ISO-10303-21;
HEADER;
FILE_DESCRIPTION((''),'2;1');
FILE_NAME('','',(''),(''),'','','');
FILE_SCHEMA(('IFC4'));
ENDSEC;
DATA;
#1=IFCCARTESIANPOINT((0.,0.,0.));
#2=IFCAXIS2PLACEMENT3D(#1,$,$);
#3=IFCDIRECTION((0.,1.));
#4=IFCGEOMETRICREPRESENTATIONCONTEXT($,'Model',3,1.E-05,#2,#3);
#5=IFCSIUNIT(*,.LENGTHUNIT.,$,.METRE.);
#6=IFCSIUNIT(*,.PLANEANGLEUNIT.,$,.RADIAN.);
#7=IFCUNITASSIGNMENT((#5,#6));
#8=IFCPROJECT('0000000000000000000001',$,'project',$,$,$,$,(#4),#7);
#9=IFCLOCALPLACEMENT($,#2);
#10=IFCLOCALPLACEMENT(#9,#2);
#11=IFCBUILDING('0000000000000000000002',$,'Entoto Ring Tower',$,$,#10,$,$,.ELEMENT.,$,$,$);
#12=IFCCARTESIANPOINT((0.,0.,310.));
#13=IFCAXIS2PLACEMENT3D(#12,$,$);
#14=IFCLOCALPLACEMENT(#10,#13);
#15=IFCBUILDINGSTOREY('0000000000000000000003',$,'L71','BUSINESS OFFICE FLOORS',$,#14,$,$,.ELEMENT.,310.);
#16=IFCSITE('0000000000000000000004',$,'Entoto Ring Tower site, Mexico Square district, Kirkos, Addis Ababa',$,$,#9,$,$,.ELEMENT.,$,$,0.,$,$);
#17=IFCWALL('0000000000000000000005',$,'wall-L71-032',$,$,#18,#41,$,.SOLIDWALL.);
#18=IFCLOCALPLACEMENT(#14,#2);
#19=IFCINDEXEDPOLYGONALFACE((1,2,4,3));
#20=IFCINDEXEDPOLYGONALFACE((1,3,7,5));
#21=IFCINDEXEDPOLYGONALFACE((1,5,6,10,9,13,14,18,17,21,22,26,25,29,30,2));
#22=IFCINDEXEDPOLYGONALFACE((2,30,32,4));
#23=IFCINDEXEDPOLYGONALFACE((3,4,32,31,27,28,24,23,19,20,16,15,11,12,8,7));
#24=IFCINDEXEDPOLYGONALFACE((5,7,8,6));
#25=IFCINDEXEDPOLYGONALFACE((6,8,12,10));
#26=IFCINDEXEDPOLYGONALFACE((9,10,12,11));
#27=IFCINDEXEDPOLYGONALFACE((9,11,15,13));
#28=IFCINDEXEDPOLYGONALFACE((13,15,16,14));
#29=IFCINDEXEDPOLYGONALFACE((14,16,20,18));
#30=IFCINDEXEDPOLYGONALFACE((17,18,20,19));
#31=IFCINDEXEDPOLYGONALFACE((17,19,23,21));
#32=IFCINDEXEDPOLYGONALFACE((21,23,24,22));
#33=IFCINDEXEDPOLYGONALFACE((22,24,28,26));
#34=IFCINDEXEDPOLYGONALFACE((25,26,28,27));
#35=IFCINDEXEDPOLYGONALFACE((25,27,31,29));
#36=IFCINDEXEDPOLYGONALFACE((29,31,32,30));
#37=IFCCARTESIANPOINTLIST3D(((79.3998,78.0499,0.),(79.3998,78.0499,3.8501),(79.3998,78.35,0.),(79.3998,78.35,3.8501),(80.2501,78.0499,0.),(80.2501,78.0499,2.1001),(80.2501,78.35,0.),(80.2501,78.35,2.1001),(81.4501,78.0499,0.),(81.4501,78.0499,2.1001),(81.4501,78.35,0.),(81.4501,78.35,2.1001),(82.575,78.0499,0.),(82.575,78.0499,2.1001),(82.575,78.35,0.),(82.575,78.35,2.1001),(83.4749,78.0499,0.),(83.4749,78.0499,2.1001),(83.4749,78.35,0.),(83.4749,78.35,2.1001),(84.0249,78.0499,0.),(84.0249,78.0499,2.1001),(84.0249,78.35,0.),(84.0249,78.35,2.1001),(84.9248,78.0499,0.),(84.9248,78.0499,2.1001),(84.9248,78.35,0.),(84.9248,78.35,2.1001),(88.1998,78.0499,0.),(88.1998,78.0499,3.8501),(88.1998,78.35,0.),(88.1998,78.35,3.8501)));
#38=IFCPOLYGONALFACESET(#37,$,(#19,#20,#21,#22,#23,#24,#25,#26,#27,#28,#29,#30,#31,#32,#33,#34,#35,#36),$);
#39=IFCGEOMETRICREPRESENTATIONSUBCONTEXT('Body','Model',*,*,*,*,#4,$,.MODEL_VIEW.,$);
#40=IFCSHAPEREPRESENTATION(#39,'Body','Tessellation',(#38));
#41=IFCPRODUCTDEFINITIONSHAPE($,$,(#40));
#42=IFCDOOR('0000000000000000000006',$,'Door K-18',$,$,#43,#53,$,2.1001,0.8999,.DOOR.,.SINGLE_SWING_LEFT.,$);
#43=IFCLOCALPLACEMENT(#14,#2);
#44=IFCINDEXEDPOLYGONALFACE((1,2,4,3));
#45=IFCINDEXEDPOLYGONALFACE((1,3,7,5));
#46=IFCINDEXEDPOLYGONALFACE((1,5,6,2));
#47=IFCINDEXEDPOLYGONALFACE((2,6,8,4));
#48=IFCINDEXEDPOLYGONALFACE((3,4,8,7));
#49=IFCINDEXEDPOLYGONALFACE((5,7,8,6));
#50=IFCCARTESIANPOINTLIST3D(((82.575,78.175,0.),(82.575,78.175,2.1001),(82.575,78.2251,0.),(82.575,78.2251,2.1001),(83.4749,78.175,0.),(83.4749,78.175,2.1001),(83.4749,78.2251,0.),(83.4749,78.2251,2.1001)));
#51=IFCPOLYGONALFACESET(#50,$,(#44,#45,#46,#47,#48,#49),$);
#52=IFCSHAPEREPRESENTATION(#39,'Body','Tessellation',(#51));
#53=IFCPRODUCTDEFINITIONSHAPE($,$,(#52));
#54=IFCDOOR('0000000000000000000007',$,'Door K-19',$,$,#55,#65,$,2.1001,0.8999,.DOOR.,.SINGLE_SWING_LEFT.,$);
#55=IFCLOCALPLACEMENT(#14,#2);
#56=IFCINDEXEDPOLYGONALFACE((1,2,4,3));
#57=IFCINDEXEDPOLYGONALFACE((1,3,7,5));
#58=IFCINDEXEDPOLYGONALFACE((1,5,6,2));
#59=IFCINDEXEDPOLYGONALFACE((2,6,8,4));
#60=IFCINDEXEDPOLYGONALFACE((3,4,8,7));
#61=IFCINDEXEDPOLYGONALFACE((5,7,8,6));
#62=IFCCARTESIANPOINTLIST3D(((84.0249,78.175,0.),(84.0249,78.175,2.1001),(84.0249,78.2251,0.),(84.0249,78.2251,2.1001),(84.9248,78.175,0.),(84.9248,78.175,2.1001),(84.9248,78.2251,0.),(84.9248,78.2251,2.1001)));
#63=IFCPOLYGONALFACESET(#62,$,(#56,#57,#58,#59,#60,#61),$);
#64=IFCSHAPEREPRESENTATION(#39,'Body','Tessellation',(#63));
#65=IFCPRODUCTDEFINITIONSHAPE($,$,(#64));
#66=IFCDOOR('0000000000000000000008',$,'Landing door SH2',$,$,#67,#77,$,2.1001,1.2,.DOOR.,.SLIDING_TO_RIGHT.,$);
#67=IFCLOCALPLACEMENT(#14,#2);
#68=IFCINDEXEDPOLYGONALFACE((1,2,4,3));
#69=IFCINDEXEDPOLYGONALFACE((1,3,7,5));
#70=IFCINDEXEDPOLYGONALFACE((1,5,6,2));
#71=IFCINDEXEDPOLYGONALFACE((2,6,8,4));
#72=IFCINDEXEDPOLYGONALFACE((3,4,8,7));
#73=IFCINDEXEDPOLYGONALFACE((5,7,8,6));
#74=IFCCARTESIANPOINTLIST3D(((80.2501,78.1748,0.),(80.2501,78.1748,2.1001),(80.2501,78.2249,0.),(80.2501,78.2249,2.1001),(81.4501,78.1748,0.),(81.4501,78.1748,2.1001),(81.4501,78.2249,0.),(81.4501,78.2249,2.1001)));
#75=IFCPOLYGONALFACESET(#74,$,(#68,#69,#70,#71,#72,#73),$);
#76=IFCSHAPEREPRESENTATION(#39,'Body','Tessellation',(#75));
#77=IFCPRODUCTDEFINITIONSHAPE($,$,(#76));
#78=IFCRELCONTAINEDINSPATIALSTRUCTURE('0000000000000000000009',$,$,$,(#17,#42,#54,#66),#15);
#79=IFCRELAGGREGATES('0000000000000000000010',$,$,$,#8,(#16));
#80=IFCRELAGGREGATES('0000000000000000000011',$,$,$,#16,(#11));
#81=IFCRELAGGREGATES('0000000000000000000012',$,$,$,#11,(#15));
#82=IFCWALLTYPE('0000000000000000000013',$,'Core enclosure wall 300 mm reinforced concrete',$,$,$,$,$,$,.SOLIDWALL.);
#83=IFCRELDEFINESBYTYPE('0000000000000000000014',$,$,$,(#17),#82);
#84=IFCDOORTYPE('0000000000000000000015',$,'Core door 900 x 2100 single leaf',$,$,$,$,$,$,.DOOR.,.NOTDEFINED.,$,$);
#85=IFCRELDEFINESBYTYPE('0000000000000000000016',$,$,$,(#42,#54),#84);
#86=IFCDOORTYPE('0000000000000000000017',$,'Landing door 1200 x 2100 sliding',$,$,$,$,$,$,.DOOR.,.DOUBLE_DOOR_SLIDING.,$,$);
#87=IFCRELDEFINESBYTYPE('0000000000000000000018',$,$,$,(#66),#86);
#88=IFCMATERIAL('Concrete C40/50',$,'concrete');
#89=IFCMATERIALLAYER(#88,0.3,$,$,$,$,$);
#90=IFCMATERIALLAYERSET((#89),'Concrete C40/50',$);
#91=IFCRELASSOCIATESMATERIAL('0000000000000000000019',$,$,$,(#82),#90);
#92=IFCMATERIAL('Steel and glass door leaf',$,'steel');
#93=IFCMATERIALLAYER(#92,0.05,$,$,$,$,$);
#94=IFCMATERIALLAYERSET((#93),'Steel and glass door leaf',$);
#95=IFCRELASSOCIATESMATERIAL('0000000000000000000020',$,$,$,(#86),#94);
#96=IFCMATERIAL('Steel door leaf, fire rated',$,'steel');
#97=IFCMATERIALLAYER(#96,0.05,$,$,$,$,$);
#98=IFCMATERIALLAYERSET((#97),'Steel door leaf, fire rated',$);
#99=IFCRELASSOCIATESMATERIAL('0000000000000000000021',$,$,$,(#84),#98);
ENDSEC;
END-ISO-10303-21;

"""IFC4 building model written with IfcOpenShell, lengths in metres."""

from ifc_helpers import new_model, si_unit, direction, frame, frame_2d, origin, place, context, subcontext, project, spatial, rectangle, extrude, material, layer, layer_set, type_object, element, fill, save


model = new_model("IFC4")

# Units and contexts
model_context = context("Model", 3, precision=1e-05, world=origin(), true_north=direction((0.0, 1.0)))
body_context = subcontext(model_context, "Body", "Model", "MODEL_VIEW")
ifc_project = project(units=[si_unit("LENGTHUNIT", "METRE"), si_unit("PLANEANGLEUNIT", "RADIAN")], contexts=[model_context])

# Site, building, storey
site_placement = place(None, origin())
site = spatial("IfcSite", under=ifc_project, at=site_placement, Name="Entoto Ring Tower site, Mexico Square district, Kirkos, Addis Ababa", CompositionType="ELEMENT", RefElevation=0.0)
building_placement = place(site_placement, origin())
building = spatial("IfcBuilding", under=site, at=building_placement, Name="Entoto Ring Tower", CompositionType="ELEMENT")
storey_placement = place(building_placement, frame((0.0, 0.0, 310.0)))
storey = spatial("IfcBuildingStorey", under=building, at=storey_placement, Name="L71", Description="BUSINESS OFFICE FLOORS", CompositionType="ELEMENT", Elevation=310.0)

# Shared definitions
ifc_material_1 = material(Name="Concrete C40/50", Category="concrete")
ifc_layer_1 = layer(ifc_material_1, 0.3)
ifc_layer_set_1 = layer_set([ifc_layer_1], Name="Concrete C40/50")
wall_type_1 = type_object("IfcWallType", Name="Core enclosure wall 300 mm reinforced concrete", PredefinedType="SOLIDWALL", material=ifc_layer_set_1)
ifc_material_2 = material(Name="Steel and glass door leaf", Category="steel")
ifc_layer_2 = layer(ifc_material_2, 0.05)
ifc_layer_set_2 = layer_set([ifc_layer_2], Name="Steel and glass door leaf")
door_type_1 = type_object("IfcDoorType", Name="Landing door 1200 x 2100 sliding", OperationType="DOUBLE_DOOR_SLIDING", PredefinedType="DOOR", material=ifc_layer_set_2)

# Wall, openings, doors
wall_1_placement = place(storey_placement, frame((79.3999, 78.2, 0.0), z_axis=(0.0, 0.0, 1.0), x_axis=(1.0, 0.0, 0.0)))
wall_1 = element("IfcWall", 1, at=wall_1_placement, inside=storey, type_object=wall_type_1, Name="wall-L71-032", PredefinedType="SOLIDWALL", context=body_context, shape_type="SweptSolid", body=[
    extrude(rectangle(XDim=8.8, YDim=0.3, at=frame_2d((4.3999, 0.0))), origin(), (0.0, 0.0, 1.0), 3.8501),
])
opening_1_placement = place(wall_1_placement, frame((0.8501, 0.0, 0.0)))
opening_1 = element("IfcOpeningElement", 2, at=opening_1_placement, cuts=wall_1, PredefinedType="OPENING", context=body_context, shape_type="SweptSolid", body=[
    extrude(rectangle(XDim=1.2, YDim=2.1001, at=frame_2d((0.6001, 1.05))), frame((0.0, 0.1602, 0.0), z_axis=(0.0, -1.0, 0.0), x_axis=(1.0, 0.0, 0.0)), (0.0, 0.0, 1.0), 0.3201),
])
opening_2_placement = place(wall_1_placement, frame((3.175, 0.0, 0.0)))
opening_2 = element("IfcOpeningElement", 3, at=opening_2_placement, cuts=wall_1, PredefinedType="OPENING", context=body_context, shape_type="SweptSolid", body=[
    extrude(rectangle(XDim=0.8999, YDim=2.1001, at=frame_2d((0.45, 1.05))), frame((0.0, 0.1602, 0.0), z_axis=(0.0, -1.0, 0.0), x_axis=(1.0, 0.0, 0.0)), (0.0, 0.0, 1.0), 0.3201),
])
opening_3_placement = place(wall_1_placement, frame((4.625, 0.0, 0.0)))
opening_3 = element("IfcOpeningElement", 4, at=opening_3_placement, cuts=wall_1, PredefinedType="OPENING", context=body_context, shape_type="SweptSolid", body=[
    extrude(rectangle(XDim=0.8999, YDim=2.1001, at=frame_2d((0.45, 1.05))), frame((0.0, 0.1602, 0.0), z_axis=(0.0, -1.0, 0.0), x_axis=(1.0, 0.0, 0.0)), (0.0, 0.0, 1.0), 0.3201),
])
ifc_material_3 = material(Name="Steel door leaf, fire rated", Category="steel")
ifc_layer_3 = layer(ifc_material_3, 0.05)
ifc_layer_set_3 = layer_set([ifc_layer_3], Name="Steel door leaf, fire rated")
door_type_2 = type_object("IfcDoorType", Name="Core door 900 x 2100 single leaf", OperationType="NOTDEFINED", PredefinedType="DOOR", material=ifc_layer_set_3)
door_1_placement = place(opening_2_placement, frame((0.8999, 0.0, 0.0), z_axis=(0.0, 0.0, 1.0), x_axis=(-1.0, 0.0, 0.0)))
door_1 = element("IfcDoor", 5, at=door_1_placement, inside=storey, type_object=door_type_2, Name="Door K-18", OperationType="SINGLE_SWING_LEFT", OverallHeight=2.1001, OverallWidth=0.8999, PredefinedType="DOOR", context=body_context, shape_type="SweptSolid", body=[
    extrude(rectangle(XDim=0.8999, YDim=2.1001, at=frame_2d((0.45, 1.05))), frame((0.0, 0.0249, 0.0), z_axis=(0.0, -1.0, 0.0), x_axis=(1.0, 0.0, 0.0)), (0.0, 0.0, 1.0), 0.05),
])
fill(opening_2, door_1)
door_2_placement = place(opening_3_placement, frame((0.8999, 0.0, 0.0), z_axis=(0.0, 0.0, 1.0), x_axis=(-1.0, 0.0, 0.0)))
door_2 = element("IfcDoor", 6, at=door_2_placement, inside=storey, type_object=door_type_2, Name="Door K-19", OperationType="SINGLE_SWING_LEFT", OverallHeight=2.1001, OverallWidth=0.8999, PredefinedType="DOOR", context=body_context, shape_type="SweptSolid", body=[
    extrude(rectangle(XDim=0.8999, YDim=2.1001, at=frame_2d((0.45, 1.05))), frame((0.0, 0.0249, 0.0), z_axis=(0.0, -1.0, 0.0), x_axis=(1.0, 0.0, 0.0)), (0.0, 0.0, 1.0), 0.05),
])
fill(opening_3, door_2)
door_3_placement = place(opening_1_placement, origin())
door_3 = element("IfcDoor", 7, at=door_3_placement, inside=storey, type_object=door_type_1, Name="Landing door SH2", OperationType="SLIDING_TO_RIGHT", OverallHeight=2.1001, OverallWidth=1.2, PredefinedType="DOOR", context=body_context, shape_type="SweptSolid", body=[
    extrude(rectangle(XDim=1.2, YDim=2.1001, at=frame_2d((0.6001, 1.05))), frame((0.0, 0.0249, 0.0), z_axis=(0.0, -1.0, 0.0), x_axis=(1.0, 0.0, 0.0)), (0.0, 0.0, 1.0), 0.05),
])
fill(opening_1, door_3)

save(model, "model.ifc")
